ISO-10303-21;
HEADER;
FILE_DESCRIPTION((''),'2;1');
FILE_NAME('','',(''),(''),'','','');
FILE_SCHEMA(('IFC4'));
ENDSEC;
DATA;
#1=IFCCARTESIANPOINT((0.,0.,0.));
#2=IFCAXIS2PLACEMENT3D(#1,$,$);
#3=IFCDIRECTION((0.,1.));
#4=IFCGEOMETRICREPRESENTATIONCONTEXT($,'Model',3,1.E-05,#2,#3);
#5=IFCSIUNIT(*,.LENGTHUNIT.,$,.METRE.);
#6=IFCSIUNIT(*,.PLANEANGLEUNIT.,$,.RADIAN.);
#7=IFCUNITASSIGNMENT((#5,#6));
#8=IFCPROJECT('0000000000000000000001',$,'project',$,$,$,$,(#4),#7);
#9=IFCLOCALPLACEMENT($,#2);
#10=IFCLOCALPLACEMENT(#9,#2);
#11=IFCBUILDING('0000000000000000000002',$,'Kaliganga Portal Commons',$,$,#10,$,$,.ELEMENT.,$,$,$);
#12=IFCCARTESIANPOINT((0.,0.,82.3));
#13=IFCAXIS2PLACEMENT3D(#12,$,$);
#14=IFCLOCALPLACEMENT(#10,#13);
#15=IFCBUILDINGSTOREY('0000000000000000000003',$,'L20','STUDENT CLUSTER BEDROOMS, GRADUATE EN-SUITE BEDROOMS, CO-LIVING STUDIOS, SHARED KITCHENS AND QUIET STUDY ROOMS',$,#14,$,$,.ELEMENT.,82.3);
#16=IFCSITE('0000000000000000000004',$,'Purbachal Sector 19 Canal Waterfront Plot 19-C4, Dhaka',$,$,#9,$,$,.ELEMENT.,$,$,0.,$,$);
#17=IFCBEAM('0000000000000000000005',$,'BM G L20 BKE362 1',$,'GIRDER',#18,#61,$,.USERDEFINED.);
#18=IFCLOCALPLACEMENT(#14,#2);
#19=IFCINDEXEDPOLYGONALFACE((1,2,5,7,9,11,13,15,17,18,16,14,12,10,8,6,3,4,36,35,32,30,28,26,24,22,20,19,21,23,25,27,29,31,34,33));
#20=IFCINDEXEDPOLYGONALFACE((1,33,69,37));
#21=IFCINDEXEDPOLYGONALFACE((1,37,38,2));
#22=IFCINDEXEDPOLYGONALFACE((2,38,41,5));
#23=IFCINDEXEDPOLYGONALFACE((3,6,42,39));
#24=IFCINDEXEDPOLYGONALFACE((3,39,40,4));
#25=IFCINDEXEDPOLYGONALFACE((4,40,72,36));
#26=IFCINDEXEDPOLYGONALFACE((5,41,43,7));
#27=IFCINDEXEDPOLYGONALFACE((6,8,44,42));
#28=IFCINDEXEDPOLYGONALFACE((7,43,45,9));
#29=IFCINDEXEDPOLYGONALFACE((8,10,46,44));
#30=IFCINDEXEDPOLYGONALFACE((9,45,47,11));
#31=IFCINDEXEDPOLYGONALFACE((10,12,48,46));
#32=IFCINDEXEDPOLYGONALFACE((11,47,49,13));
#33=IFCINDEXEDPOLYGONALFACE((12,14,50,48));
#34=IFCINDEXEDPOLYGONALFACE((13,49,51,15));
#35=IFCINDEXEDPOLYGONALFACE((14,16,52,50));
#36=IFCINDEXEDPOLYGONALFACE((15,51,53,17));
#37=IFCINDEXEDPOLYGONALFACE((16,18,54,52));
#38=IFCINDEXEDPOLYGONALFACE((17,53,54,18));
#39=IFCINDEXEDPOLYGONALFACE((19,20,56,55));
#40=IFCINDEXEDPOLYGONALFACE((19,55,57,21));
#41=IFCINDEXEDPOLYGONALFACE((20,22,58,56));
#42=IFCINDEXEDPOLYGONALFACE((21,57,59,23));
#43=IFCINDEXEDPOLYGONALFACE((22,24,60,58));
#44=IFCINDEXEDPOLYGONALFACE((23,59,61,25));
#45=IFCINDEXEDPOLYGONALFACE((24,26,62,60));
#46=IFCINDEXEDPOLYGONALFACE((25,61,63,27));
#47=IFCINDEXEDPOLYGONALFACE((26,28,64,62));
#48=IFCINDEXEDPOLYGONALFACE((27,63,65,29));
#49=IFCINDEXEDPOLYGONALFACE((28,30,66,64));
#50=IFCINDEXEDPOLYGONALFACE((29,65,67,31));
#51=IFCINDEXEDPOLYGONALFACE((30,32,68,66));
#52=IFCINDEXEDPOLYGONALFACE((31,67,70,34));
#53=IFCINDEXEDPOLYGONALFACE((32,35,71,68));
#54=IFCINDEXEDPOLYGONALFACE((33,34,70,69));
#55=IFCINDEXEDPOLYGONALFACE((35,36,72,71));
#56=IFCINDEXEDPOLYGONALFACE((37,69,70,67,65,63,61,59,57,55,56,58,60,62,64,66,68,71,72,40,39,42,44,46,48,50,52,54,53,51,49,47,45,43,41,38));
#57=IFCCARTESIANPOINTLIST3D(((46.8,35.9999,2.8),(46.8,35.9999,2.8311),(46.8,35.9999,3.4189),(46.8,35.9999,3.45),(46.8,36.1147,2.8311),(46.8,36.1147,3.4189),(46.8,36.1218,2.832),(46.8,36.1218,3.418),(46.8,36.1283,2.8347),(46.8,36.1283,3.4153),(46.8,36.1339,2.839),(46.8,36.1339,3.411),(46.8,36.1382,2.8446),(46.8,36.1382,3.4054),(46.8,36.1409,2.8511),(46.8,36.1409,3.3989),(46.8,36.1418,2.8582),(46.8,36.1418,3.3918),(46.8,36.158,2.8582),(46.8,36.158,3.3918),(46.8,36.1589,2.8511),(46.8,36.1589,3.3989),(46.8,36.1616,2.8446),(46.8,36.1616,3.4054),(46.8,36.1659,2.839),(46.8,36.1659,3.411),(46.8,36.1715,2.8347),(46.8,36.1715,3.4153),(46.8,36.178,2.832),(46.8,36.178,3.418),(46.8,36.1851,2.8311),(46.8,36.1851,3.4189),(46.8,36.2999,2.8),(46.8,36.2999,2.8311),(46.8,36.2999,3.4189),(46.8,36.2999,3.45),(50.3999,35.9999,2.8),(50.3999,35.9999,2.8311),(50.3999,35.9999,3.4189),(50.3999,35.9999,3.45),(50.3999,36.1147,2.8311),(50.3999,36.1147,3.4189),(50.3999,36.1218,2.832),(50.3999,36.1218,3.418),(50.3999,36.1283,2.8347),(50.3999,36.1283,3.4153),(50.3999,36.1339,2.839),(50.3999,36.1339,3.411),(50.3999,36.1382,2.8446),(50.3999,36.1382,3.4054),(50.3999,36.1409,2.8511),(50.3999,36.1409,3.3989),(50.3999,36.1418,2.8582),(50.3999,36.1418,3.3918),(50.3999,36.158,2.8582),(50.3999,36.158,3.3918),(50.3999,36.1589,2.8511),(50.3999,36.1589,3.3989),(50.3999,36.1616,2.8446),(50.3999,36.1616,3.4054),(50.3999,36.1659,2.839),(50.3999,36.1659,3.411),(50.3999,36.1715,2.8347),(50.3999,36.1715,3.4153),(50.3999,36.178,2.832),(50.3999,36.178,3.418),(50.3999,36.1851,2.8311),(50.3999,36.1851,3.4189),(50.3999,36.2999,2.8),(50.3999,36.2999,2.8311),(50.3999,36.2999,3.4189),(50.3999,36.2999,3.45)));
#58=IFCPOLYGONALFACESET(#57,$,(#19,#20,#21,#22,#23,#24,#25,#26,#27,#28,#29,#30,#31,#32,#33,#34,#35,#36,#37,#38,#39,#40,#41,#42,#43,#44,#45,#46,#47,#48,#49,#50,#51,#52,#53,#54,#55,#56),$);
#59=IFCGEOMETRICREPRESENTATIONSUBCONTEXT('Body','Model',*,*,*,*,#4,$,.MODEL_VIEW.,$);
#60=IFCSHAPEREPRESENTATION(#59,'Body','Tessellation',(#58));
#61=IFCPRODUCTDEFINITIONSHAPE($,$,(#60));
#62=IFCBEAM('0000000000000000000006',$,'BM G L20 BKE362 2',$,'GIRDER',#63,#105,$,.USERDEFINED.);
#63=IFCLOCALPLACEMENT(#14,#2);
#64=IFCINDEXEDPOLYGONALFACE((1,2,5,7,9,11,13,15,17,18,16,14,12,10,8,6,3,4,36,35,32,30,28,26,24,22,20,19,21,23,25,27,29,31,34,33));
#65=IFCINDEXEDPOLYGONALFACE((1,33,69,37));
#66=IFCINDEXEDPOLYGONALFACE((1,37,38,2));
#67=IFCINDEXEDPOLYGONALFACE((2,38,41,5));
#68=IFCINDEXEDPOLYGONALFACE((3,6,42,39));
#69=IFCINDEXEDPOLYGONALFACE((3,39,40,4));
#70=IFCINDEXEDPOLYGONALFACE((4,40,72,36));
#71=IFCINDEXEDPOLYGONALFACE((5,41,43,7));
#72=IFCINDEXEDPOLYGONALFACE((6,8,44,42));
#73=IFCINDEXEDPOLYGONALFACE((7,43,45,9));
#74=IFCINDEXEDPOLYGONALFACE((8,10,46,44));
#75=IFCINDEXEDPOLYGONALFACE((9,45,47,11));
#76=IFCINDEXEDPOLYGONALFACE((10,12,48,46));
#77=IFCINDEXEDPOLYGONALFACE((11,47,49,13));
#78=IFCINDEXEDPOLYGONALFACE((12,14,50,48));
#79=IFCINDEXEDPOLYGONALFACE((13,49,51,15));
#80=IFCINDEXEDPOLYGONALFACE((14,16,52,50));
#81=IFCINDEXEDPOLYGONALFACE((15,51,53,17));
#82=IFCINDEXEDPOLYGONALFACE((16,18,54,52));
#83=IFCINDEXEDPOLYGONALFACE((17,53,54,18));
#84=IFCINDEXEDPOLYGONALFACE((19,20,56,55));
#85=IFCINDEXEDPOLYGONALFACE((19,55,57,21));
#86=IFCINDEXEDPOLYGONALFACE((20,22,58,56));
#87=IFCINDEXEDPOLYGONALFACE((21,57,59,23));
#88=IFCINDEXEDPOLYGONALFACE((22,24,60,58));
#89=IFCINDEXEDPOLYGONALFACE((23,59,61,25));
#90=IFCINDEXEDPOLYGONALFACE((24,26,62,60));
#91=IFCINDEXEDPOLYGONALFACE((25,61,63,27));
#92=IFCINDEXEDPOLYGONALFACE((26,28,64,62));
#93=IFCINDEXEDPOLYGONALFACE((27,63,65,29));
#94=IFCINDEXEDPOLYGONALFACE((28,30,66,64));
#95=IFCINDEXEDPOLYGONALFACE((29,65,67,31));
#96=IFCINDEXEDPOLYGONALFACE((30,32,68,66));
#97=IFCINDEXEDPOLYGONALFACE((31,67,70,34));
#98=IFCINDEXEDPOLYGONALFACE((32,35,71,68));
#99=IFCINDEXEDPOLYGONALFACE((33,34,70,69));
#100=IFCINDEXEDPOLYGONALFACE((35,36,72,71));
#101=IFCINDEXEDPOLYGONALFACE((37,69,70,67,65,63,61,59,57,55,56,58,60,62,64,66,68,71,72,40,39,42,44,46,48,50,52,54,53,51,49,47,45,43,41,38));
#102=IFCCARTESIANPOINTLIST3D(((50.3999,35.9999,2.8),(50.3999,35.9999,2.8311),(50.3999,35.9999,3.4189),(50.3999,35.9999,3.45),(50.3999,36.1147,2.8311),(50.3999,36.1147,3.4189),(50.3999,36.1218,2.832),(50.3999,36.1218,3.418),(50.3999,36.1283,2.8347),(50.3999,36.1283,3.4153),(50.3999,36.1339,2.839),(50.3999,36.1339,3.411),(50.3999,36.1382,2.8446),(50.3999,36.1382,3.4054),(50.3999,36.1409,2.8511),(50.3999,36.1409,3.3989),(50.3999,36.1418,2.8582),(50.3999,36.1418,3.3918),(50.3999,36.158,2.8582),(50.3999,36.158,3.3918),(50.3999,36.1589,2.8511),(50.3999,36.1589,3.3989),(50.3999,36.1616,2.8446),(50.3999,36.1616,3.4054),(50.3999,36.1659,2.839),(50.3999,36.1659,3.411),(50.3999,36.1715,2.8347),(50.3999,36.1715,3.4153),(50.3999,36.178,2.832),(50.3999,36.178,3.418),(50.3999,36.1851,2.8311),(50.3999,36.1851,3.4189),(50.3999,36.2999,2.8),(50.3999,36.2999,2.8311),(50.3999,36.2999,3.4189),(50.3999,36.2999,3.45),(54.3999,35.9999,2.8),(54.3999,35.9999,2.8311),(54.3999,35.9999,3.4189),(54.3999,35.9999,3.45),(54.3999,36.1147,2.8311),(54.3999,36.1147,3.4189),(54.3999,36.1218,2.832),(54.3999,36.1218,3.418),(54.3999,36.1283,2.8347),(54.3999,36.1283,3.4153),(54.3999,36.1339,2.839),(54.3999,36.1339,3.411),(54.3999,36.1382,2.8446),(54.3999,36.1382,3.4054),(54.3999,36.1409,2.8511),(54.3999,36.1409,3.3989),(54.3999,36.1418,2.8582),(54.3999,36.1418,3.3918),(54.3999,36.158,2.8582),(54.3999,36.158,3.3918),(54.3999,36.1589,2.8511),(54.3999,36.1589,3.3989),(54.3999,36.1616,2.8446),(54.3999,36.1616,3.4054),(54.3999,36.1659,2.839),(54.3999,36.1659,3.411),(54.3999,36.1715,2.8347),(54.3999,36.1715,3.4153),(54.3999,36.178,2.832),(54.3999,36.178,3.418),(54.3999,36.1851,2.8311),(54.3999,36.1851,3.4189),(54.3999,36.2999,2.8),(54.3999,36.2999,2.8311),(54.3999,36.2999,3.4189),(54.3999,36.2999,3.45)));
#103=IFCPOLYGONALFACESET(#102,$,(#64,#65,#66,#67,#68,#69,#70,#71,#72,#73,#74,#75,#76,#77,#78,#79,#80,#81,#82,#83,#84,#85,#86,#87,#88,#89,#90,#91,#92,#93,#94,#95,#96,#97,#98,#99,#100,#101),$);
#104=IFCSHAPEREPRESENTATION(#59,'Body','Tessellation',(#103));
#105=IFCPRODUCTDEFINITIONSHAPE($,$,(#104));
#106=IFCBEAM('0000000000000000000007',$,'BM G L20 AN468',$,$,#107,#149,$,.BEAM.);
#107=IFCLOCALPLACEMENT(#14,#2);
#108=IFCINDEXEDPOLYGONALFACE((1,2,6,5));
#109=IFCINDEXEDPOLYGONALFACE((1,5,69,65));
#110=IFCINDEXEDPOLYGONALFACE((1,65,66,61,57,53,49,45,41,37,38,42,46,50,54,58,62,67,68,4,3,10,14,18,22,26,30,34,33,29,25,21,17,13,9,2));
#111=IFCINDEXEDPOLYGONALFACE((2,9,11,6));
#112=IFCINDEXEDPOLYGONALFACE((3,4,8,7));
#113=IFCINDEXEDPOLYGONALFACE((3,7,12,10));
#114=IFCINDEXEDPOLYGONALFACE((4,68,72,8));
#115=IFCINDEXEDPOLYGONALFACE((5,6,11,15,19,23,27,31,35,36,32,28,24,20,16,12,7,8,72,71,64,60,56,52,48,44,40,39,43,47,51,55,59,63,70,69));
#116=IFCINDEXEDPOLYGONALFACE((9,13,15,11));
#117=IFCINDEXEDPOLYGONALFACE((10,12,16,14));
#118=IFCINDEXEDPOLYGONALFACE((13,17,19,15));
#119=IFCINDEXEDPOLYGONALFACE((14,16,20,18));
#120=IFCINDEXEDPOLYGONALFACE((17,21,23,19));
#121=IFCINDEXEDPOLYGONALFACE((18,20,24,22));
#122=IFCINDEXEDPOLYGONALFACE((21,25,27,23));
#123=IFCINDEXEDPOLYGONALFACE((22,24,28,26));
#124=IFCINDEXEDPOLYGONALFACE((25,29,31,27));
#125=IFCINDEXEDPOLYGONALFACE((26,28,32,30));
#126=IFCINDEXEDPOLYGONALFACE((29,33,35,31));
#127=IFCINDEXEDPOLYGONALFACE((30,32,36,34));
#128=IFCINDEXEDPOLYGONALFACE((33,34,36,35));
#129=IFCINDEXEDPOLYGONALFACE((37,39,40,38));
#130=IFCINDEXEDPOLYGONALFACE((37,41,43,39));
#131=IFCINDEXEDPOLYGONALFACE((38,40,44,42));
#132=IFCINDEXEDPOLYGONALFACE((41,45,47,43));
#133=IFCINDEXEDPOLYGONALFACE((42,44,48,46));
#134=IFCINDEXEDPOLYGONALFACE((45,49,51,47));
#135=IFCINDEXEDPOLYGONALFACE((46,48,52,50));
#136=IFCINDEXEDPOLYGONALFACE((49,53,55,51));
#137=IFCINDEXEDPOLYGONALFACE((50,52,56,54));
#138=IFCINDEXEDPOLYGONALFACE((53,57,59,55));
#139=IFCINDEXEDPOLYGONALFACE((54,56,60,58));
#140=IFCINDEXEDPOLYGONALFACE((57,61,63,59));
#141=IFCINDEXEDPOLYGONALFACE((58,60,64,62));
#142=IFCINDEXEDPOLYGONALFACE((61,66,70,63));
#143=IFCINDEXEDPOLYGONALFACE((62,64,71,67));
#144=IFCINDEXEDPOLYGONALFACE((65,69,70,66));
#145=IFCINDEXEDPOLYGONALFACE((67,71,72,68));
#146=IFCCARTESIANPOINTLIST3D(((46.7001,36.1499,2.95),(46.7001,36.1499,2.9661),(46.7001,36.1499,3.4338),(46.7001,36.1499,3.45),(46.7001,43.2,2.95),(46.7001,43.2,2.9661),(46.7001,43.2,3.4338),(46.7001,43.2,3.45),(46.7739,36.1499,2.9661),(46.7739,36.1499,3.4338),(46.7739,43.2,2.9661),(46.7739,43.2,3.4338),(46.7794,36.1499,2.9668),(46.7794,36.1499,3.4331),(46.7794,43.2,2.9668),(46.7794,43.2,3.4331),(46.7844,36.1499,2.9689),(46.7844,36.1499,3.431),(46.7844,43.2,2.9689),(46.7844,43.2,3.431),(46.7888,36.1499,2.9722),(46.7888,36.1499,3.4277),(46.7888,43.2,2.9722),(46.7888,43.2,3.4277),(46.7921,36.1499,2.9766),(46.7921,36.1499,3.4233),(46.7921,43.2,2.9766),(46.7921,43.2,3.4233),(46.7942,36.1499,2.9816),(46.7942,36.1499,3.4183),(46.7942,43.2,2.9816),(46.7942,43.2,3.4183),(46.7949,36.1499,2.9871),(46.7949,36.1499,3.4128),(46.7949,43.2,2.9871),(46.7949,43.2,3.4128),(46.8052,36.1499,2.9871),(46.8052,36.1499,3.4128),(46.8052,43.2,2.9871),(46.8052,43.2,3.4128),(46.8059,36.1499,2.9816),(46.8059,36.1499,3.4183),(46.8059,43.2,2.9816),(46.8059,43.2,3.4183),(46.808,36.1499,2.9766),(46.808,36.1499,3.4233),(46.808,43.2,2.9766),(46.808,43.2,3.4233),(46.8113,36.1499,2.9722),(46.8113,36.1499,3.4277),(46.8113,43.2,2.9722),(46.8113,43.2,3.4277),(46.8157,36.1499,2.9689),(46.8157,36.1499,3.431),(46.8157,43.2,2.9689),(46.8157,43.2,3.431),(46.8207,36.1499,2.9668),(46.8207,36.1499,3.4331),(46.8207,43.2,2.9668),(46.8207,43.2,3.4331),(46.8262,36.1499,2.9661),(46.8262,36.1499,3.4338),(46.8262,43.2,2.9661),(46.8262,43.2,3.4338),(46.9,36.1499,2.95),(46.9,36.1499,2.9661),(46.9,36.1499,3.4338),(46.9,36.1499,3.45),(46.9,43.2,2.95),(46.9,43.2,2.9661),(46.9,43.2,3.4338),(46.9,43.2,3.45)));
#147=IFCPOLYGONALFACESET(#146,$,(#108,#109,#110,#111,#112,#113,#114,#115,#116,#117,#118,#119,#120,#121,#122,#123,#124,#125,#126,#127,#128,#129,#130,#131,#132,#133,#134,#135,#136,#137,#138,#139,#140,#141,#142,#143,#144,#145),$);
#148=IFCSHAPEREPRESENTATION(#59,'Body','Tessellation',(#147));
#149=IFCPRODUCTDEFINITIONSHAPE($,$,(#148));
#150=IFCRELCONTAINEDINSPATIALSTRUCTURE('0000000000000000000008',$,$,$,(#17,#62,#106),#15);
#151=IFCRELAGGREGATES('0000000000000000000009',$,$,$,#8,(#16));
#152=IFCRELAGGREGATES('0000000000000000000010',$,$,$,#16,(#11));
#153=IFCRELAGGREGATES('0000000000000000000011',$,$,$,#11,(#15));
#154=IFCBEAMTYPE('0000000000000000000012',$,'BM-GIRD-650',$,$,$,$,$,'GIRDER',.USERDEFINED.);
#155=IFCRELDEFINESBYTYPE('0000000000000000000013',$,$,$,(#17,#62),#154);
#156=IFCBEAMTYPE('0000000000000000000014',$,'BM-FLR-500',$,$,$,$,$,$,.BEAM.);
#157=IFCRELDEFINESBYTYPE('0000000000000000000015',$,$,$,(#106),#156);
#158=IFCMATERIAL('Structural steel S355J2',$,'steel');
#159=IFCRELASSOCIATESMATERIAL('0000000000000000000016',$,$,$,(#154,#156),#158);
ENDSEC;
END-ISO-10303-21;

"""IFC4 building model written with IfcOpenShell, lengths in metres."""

from ifc_helpers import new_model, si_unit, direction, frame, origin, origin_2d, place, context, subcontext, project, spatial, i_section, extrude, source, transform, mapped, material, material_profile, profile_set, type_object, element, save


model = new_model("IFC4")

# Units and contexts
model_context = context("Model", 3, precision=1e-05, world=origin(), true_north=direction((0.0, 1.0)))
body_context = subcontext(model_context, "Body", "Model", "MODEL_VIEW")
ifc_project = project(units=[si_unit("LENGTHUNIT", "METRE"), si_unit("PLANEANGLEUNIT", "RADIAN")], contexts=[model_context])

# Site, building, storey
site_placement = place(None, origin())
site = spatial("IfcSite", under=ifc_project, at=site_placement, Name="Purbachal Sector 19 Canal Waterfront Plot 19-C4, Dhaka", CompositionType="ELEMENT", RefElevation=0.0)
building_placement = place(site_placement, origin())
building = spatial("IfcBuilding", under=site, at=building_placement, Name="Kaliganga Portal Commons", CompositionType="ELEMENT")
storey_placement = place(building_placement, frame((0.0, 0.0, 82.3)))
storey = spatial("IfcBuildingStorey", under=building, at=storey_placement, Name="L20", Description="STUDENT CLUSTER BEDROOMS, GRADUATE EN-SUITE BEDROOMS, CO-LIVING STUDIOS, SHARED KITCHENS AND QUIET STUDY ROOMS", CompositionType="ELEMENT", Elevation=82.3)

# Beams
ifc_material_1 = material(Name="Structural steel S355J2", Category="steel")
ifc_material_profile_1 = material_profile(ifc_material_1, i_section(OverallWidth=0.3, OverallDepth=0.6499, WebThickness=0.0161, FlangeThickness=0.031, FilletRadius=0.0271, at=origin_2d()), Name="HE 650 B")
ifc_profile_set_1 = profile_set([ifc_material_profile_1], Name="Structural steel S355J2 wide-flange")
beam_type_1 = type_object("IfcBeamType", Name="BM-GIRD-650", ElementType="GIRDER", PredefinedType="USERDEFINED", material=ifc_profile_set_1)
shared_shape_1 = source(origin(), body_context, "Body", "SweptSolid", [
    extrude(i_section(OverallWidth=0.3, OverallDepth=0.6499, WebThickness=0.0161, FlangeThickness=0.031, FilletRadius=0.0271, at=origin_2d()), origin(), (0.0, 0.0, 1.0), 3.5999),
])
beam_1_placement = place(storey_placement, frame((46.8, 36.1499, 3.125), z_axis=(1.0, 0.0, 0.0), x_axis=(0.0, 1.0, 0.0)))
element("IfcBeam", 1, at=beam_1_placement, inside=storey, type_object=beam_type_1, Name="BM G L20 BKE362 1", ObjectType="GIRDER", PredefinedType="USERDEFINED", context=body_context, shape_type="MappedRepresentation", body=[
    mapped(shared_shape_1, transform((0.0, 0.0, 0.0), x_axis=(1.0, 0.0, 0.0), y_axis=(0.0, 1.0, 0.0), z_axis=(0.0, 0.0, 1.0), scale=1.0)),
])
shared_shape_2 = source(origin(), body_context, "Body", "SweptSolid", [
    extrude(i_section(OverallWidth=0.3, OverallDepth=0.6499, WebThickness=0.0161, FlangeThickness=0.031, FilletRadius=0.0271, at=origin_2d()), origin(), (0.0, 0.0, 1.0), 4.0),
])
beam_2_placement = place(storey_placement, frame((50.3999, 36.1499, 3.125), z_axis=(1.0, 0.0, 0.0), x_axis=(0.0, 1.0, 0.0)))
element("IfcBeam", 2, at=beam_2_placement, inside=storey, type_object=beam_type_1, Name="BM G L20 BKE362 2", ObjectType="GIRDER", PredefinedType="USERDEFINED", context=body_context, shape_type="MappedRepresentation", body=[
    mapped(shared_shape_2, transform((0.0, 0.0, 0.0), x_axis=(1.0, 0.0, 0.0), y_axis=(0.0, 1.0, 0.0), z_axis=(0.0, 0.0, 1.0), scale=1.0)),
])
ifc_material_profile_2 = material_profile(ifc_material_1, i_section(OverallWidth=0.2, OverallDepth=0.5, WebThickness=0.0103, FlangeThickness=0.0161, FilletRadius=0.021, at=origin_2d()), Name="IPE 500")
ifc_profile_set_2 = profile_set([ifc_material_profile_2], Name="Structural steel S355J2 wide-flange")
beam_type_2 = type_object("IfcBeamType", Name="BM-FLR-500", PredefinedType="BEAM", material=ifc_profile_set_2)
shared_shape_3 = source(origin(), body_context, "Body", "SweptSolid", [
    extrude(i_section(OverallWidth=0.2, OverallDepth=0.5, WebThickness=0.0103, FlangeThickness=0.0161, FilletRadius=0.021, at=origin_2d()), origin(), (0.0, 0.0, 1.0), 7.05),
])
beam_3_placement = place(storey_placement, frame((46.8, 36.1499, 3.2), z_axis=(0.0, 1.0, 0.0), x_axis=(-1.0, 0.0, 0.0)))
element("IfcBeam", 3, at=beam_3_placement, inside=storey, type_object=beam_type_2, Name="BM G L20 AN468", PredefinedType="BEAM", context=body_context, shape_type="MappedRepresentation", body=[
    mapped(shared_shape_3, transform((0.0, 0.0, 0.0), x_axis=(1.0, 0.0, 0.0), y_axis=(0.0, 1.0, 0.0), z_axis=(0.0, 0.0, 1.0), scale=1.0)),
])

save(model, "model.ifc")
